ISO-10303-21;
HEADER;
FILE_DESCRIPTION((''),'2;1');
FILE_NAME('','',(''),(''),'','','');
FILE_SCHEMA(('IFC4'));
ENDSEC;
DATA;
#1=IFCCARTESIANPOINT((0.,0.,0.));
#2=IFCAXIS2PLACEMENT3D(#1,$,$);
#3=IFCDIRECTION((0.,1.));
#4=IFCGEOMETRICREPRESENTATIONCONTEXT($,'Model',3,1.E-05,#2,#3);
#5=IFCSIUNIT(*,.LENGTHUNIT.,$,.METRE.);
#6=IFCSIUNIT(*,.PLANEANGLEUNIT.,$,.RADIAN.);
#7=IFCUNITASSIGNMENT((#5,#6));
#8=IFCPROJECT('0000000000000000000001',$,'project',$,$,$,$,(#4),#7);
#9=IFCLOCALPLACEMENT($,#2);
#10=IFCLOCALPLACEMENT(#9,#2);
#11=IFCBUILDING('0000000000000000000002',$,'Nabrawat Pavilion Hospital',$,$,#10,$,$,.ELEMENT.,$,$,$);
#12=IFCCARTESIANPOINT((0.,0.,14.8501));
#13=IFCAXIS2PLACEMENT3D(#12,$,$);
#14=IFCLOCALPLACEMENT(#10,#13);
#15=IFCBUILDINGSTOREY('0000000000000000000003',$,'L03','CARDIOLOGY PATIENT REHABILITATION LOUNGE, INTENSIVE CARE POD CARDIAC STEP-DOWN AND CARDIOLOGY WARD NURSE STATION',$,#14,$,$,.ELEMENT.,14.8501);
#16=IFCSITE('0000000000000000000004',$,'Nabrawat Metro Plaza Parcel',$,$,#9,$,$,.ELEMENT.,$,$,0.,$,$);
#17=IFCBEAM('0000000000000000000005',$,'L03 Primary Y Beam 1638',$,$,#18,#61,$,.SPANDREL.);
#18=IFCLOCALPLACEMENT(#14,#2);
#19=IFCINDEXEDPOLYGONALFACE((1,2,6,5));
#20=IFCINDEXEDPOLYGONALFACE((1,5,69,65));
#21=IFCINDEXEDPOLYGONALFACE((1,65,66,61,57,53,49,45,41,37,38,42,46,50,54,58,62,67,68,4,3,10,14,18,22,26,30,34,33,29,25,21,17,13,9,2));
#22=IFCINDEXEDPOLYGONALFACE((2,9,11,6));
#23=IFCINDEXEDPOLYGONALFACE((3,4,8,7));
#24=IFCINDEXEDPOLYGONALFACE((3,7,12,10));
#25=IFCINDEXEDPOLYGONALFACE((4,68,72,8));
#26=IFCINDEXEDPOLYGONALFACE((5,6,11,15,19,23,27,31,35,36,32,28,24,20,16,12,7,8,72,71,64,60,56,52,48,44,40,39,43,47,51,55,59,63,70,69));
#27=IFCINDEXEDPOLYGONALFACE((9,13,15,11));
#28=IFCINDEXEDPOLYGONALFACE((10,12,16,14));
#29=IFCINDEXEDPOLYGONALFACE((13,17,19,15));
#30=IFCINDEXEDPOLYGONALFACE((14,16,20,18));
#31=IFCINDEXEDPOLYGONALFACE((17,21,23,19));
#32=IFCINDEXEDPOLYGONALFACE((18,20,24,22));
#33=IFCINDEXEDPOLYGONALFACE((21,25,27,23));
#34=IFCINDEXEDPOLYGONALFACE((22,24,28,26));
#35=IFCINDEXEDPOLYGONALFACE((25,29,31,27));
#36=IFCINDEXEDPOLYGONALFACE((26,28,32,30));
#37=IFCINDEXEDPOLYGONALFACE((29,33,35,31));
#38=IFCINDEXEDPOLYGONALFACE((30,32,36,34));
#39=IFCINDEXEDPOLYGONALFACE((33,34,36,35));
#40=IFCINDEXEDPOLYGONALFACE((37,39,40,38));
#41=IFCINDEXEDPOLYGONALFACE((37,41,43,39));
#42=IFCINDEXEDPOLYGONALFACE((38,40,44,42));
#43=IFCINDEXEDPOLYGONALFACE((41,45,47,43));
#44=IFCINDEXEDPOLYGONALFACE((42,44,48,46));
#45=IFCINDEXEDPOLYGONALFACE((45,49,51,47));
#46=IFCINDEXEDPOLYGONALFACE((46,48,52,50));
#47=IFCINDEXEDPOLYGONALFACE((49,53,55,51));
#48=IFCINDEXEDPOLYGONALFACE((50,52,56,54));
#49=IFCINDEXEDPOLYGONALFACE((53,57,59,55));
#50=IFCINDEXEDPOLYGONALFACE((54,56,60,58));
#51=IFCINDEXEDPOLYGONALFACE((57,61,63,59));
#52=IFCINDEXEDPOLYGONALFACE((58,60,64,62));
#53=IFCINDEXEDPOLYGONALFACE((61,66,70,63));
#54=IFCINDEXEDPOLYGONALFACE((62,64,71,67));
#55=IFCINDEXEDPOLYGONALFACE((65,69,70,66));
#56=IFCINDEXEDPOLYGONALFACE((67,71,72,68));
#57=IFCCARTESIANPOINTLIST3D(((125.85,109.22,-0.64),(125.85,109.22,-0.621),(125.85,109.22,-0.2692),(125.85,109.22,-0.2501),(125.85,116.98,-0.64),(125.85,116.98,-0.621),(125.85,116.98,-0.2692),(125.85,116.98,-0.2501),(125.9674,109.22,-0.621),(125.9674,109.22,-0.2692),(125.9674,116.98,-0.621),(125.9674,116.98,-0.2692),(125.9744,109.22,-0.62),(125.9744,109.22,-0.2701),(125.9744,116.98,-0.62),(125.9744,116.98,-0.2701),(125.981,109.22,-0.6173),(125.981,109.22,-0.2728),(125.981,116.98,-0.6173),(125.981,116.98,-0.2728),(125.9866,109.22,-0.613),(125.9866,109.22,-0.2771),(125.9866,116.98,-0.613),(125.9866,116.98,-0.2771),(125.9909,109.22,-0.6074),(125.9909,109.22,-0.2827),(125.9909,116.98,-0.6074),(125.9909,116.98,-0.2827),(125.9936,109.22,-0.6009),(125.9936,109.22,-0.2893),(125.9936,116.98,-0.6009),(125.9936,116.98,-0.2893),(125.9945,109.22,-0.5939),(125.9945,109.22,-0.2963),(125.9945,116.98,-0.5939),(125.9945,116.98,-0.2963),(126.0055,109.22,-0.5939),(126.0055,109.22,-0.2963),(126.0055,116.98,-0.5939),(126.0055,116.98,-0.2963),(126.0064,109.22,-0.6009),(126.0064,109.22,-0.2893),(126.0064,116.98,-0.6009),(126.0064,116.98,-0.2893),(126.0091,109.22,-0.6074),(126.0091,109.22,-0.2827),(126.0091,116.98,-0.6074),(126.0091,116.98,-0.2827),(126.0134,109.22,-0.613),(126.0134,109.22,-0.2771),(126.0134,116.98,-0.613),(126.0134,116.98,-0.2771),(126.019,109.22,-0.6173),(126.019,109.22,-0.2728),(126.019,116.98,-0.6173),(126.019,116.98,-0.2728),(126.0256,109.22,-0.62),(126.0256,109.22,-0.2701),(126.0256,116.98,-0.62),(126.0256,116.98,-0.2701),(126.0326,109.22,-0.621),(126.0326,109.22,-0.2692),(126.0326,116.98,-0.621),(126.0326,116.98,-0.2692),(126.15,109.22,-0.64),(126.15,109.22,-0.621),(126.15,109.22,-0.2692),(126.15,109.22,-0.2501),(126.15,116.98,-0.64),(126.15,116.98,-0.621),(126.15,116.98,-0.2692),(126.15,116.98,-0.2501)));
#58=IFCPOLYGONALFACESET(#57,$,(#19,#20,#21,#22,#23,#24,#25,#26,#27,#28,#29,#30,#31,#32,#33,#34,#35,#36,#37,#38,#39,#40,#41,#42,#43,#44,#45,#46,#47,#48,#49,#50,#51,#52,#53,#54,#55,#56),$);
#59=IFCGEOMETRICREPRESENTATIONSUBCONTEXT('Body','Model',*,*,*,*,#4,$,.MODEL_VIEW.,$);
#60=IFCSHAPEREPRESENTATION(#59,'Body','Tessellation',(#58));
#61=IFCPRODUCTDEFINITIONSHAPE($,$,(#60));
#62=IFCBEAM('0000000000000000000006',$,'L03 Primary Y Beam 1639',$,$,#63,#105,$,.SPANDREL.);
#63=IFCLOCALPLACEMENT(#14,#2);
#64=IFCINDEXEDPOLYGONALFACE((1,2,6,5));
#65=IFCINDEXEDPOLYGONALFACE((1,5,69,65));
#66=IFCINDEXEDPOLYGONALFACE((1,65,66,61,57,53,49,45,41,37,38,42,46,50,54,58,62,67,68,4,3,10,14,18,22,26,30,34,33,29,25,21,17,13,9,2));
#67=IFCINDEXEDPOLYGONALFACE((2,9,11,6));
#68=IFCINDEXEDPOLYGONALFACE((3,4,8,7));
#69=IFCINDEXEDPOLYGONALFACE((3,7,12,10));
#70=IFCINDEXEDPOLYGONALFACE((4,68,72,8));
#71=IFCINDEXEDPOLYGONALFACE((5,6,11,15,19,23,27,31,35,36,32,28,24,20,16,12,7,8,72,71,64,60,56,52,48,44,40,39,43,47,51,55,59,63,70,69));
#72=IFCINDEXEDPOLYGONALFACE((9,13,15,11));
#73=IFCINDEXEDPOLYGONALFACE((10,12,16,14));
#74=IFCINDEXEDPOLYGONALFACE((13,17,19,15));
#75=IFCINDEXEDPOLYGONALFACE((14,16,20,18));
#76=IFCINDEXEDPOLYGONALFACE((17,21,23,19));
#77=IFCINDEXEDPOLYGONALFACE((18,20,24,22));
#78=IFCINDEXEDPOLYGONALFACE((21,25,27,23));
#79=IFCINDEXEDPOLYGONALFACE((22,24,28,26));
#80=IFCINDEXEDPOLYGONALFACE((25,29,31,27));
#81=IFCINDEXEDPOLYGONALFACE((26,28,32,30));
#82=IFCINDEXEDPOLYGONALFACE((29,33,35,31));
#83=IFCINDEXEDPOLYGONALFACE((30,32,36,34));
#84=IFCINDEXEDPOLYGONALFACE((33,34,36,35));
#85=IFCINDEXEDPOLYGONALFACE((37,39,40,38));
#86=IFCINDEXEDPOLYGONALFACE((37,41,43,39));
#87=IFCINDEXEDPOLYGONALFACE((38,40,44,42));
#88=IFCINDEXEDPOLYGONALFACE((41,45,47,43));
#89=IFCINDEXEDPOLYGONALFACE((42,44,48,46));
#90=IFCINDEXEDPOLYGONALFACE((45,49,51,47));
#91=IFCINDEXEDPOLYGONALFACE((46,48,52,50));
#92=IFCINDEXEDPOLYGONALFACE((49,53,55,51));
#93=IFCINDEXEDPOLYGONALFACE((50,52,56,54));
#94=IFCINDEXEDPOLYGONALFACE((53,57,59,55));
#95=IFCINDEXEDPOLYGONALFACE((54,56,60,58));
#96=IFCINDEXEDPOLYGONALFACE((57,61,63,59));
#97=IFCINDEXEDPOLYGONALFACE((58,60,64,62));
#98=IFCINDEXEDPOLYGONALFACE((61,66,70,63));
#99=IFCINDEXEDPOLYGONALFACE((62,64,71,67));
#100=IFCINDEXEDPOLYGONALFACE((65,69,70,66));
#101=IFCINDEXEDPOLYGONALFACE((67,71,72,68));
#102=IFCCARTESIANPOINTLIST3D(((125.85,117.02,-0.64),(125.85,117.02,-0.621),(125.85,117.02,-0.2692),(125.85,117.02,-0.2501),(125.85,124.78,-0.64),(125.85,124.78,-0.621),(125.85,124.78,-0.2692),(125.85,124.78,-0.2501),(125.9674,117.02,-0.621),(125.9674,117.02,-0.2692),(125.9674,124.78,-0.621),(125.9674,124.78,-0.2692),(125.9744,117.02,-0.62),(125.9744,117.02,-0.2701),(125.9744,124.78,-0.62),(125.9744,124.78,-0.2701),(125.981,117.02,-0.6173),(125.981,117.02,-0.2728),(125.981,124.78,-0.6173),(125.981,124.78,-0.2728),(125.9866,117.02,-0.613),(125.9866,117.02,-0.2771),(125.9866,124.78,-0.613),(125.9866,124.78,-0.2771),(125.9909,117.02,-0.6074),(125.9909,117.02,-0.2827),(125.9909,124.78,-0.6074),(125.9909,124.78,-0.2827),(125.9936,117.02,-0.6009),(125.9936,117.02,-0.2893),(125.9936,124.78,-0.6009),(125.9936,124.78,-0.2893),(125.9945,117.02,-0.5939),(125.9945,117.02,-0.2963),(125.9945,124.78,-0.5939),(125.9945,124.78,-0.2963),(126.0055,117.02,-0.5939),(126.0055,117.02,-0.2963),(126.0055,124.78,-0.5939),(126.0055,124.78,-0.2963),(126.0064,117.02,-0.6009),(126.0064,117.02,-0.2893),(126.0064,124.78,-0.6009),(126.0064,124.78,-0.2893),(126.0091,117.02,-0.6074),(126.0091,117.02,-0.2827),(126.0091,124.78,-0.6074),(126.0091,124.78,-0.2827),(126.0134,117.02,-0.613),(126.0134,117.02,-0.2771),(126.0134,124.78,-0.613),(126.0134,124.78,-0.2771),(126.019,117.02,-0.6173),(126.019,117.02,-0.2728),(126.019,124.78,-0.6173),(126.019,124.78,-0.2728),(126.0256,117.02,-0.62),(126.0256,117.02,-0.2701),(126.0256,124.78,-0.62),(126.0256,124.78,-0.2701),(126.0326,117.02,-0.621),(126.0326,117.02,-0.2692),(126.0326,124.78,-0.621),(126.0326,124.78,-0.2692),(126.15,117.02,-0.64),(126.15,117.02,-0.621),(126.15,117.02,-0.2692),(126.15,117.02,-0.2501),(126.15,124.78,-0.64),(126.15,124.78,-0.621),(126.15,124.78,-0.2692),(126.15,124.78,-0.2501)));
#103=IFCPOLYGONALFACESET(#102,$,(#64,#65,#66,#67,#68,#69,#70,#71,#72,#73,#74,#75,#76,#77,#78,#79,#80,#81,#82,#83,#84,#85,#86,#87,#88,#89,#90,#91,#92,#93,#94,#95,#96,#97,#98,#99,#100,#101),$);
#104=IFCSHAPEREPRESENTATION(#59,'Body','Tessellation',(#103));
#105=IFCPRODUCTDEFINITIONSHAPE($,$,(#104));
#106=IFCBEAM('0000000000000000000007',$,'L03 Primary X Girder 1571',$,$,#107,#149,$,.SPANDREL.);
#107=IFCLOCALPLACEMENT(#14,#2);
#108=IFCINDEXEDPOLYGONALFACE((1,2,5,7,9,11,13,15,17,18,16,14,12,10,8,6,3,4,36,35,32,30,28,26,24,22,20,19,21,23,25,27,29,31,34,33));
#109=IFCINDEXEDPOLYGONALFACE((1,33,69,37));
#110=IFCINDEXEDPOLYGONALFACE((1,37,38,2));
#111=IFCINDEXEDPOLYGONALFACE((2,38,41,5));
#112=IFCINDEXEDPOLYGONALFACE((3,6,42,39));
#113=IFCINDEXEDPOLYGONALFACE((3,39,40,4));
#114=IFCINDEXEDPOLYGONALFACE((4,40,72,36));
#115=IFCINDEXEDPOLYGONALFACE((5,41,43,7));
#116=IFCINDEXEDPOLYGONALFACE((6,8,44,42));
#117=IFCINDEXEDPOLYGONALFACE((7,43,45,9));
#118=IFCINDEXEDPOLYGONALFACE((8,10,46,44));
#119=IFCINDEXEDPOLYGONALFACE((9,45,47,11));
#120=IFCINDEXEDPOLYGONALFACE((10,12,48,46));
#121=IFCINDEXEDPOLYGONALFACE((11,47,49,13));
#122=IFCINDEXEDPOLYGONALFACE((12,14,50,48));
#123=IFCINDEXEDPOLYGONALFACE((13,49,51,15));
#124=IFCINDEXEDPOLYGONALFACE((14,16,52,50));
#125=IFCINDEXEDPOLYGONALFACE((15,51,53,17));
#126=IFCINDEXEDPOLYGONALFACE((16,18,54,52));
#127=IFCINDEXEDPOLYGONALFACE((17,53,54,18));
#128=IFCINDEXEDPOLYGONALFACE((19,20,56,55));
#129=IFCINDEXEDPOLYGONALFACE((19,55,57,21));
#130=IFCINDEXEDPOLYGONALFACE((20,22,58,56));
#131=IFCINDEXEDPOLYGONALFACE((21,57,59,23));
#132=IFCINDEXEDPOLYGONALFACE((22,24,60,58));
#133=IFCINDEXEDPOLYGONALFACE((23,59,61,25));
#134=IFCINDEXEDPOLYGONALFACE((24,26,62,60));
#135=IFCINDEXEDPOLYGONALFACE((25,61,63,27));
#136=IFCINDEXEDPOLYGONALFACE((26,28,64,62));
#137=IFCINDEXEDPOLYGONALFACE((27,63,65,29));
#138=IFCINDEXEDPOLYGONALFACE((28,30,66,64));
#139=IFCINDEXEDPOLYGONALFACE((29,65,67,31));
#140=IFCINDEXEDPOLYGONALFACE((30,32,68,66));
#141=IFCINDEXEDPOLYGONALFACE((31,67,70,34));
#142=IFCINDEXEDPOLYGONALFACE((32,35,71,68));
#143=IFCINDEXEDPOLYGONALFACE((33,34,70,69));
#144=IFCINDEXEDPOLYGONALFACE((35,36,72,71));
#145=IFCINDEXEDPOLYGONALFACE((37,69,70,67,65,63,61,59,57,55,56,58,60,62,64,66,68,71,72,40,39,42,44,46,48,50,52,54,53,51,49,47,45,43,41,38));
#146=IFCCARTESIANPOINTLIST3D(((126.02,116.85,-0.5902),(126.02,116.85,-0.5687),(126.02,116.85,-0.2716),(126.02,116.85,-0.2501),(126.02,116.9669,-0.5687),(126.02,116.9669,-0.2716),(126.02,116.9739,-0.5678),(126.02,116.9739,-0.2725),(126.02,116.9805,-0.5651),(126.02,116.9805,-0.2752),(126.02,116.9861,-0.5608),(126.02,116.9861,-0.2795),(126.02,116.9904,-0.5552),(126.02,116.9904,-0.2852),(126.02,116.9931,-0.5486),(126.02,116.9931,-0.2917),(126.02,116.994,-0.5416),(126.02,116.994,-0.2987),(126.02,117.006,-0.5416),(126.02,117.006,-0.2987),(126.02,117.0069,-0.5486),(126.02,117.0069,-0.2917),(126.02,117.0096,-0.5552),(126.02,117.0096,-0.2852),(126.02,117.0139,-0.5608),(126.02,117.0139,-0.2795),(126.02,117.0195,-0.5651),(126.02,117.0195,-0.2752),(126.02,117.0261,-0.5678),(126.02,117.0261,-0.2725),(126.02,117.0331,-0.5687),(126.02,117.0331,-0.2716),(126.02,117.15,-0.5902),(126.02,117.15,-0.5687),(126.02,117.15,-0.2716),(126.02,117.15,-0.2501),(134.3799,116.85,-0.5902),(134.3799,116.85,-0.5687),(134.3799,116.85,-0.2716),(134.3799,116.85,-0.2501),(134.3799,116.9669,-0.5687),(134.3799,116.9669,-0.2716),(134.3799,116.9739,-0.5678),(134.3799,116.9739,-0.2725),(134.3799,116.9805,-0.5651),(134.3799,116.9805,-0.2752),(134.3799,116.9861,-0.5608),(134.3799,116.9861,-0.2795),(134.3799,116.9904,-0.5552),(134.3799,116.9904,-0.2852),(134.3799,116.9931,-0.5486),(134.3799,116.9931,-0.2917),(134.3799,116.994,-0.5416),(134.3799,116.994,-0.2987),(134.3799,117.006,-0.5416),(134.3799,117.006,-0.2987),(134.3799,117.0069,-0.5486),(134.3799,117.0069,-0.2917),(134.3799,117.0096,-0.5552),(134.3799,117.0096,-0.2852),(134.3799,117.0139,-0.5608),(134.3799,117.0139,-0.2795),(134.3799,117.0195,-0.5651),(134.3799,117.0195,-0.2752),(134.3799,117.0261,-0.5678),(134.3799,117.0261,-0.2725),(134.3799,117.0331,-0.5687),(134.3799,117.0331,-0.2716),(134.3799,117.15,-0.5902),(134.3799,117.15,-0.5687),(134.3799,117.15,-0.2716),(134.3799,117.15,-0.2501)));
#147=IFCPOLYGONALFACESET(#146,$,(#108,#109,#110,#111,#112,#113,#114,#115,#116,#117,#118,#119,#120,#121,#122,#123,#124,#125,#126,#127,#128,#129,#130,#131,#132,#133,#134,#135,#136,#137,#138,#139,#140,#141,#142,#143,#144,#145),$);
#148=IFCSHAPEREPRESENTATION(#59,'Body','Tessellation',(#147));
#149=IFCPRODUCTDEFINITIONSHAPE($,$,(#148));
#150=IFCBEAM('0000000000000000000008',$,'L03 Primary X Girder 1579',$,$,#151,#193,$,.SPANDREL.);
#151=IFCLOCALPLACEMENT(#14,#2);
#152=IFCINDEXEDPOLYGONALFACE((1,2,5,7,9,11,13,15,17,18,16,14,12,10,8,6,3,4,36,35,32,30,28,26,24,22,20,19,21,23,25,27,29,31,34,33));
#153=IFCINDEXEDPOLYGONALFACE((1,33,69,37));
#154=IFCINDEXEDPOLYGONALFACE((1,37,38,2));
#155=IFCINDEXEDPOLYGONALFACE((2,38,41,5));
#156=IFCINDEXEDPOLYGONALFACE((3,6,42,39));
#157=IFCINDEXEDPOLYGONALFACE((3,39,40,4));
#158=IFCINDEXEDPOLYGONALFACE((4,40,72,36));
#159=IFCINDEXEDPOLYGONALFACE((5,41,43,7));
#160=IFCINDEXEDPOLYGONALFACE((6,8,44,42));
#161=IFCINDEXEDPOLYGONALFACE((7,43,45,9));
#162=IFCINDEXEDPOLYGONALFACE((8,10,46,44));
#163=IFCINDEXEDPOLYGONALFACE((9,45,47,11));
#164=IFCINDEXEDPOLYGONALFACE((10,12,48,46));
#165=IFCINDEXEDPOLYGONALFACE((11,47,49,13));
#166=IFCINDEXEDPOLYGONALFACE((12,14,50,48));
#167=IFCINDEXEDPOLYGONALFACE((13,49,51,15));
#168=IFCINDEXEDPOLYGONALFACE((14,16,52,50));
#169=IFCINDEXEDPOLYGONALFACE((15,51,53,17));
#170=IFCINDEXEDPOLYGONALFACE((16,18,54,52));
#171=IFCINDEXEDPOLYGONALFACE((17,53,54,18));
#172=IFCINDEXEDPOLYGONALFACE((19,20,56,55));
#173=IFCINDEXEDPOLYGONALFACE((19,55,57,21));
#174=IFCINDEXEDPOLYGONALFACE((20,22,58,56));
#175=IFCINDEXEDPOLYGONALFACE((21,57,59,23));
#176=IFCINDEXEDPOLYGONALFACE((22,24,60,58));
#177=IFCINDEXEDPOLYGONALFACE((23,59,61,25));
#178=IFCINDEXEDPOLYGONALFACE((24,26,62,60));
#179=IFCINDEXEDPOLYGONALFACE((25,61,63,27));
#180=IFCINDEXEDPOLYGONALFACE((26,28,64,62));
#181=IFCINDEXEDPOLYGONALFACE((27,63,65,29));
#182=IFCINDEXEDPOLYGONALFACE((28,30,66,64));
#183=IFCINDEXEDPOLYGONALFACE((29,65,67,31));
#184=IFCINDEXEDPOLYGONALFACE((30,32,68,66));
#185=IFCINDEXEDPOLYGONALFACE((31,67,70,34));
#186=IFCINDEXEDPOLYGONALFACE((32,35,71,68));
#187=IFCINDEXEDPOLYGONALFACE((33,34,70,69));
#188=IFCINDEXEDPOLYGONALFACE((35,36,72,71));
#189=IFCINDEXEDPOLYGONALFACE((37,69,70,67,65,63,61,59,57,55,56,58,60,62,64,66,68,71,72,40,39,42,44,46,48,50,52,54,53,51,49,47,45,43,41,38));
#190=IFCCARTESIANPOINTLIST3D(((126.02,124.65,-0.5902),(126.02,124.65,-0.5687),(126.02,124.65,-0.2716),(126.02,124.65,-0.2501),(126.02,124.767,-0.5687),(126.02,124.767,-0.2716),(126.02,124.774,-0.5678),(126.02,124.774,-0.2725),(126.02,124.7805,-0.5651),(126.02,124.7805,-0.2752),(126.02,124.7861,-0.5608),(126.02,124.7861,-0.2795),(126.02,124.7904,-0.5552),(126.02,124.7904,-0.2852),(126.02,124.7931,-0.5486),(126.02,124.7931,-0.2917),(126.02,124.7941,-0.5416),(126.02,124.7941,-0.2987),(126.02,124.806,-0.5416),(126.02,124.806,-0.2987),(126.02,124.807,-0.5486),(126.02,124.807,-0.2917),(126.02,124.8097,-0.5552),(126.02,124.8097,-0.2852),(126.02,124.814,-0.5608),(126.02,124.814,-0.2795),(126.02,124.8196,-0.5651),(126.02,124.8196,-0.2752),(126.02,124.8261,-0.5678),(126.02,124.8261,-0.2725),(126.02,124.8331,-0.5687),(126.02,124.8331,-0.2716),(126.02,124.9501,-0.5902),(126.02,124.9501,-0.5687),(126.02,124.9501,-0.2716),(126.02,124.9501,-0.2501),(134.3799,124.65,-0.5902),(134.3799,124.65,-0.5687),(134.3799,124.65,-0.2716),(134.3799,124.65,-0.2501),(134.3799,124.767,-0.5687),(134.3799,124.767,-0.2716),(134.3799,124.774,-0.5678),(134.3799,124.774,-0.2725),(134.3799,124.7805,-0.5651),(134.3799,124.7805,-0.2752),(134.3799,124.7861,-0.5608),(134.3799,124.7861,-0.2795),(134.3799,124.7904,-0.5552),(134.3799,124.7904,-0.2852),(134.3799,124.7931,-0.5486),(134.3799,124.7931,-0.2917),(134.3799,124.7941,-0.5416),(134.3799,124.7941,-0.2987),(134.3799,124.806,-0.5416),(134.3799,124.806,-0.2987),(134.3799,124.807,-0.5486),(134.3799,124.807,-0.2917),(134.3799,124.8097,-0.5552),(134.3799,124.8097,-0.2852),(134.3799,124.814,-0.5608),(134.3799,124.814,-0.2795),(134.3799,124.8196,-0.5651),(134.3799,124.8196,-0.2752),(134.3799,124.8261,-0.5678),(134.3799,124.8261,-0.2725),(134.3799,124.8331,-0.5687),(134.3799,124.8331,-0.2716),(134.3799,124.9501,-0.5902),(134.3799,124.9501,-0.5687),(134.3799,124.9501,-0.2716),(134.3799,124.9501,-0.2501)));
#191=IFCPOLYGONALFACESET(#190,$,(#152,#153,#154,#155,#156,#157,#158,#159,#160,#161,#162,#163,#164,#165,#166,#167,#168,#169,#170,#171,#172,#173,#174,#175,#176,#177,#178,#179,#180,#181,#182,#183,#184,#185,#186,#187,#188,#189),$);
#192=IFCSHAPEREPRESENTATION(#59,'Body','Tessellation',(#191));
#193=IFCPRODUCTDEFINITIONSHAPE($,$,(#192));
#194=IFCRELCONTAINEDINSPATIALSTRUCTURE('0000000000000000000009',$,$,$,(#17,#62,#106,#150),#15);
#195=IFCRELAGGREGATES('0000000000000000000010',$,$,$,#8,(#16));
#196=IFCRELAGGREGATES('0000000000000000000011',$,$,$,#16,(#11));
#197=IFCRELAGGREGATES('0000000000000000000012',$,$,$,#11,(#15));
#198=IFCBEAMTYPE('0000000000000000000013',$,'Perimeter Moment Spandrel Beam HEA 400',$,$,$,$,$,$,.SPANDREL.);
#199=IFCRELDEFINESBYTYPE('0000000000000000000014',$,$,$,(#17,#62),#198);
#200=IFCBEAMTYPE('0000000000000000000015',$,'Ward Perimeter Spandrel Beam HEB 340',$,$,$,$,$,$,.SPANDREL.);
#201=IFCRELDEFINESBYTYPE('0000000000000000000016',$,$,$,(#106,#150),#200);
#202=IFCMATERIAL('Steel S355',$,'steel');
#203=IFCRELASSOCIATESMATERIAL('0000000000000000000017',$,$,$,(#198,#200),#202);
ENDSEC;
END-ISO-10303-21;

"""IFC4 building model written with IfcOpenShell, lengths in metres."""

from ifc_helpers import new_model, si_unit, direction, frame, origin, origin_2d, place, context, subcontext, project, spatial, i_section, extrude, material, material_profile, profile_set, type_object, element, save


model = new_model("IFC4")

# Units and contexts
model_context = context("Model", 3, precision=1e-05, world=origin(), true_north=direction((0.0, 1.0)))
body_context = subcontext(model_context, "Body", "Model", "MODEL_VIEW")
ifc_project = project(units=[si_unit("LENGTHUNIT", "METRE"), si_unit("PLANEANGLEUNIT", "RADIAN")], contexts=[model_context])

# Site, building, storey
site_placement = place(None, origin())
site = spatial("IfcSite", under=ifc_project, at=site_placement, Name="Nabrawat Metro Plaza Parcel", CompositionType="ELEMENT", RefElevation=0.0)
building_placement = place(site_placement, origin())
building = spatial("IfcBuilding", under=site, at=building_placement, Name="Nabrawat Pavilion Hospital", CompositionType="ELEMENT")
storey_placement = place(building_placement, frame((0.0, 0.0, 14.8501)))
storey = spatial("IfcBuildingStorey", under=building, at=storey_placement, Name="L03", Description="CARDIOLOGY PATIENT REHABILITATION LOUNGE, INTENSIVE CARE POD CARDIAC STEP-DOWN AND CARDIOLOGY WARD NURSE STATION", CompositionType="ELEMENT", Elevation=14.8501)

# Shared definitions
ifc_material_1 = material(Name="Steel S355", Category="steel")

# Beams
ifc_material_profile_1 = material_profile(ifc_material_1, i_section(OverallWidth=0.3, OverallDepth=0.3899, WebThickness=0.011, FlangeThickness=0.019, FilletRadius=0.0271, at=origin_2d()), Name="HEA 400")
ifc_profile_set_1 = profile_set([ifc_material_profile_1], Name="Steel S355")
beam_type_1 = type_object("IfcBeamType", Name="Perimeter Moment Spandrel Beam HEA 400", PredefinedType="SPANDREL", material=ifc_profile_set_1)
for number, where, z_axis, x_axis, name in (
    (1, (126.0, 109.22, -0.4451), (0.0, 1.0, 0.0), (-1.0, 0.0, 0.0), "L03 Primary Y Beam 1638"),
    (2, (126.0, 117.02, -0.4451), (0.0, 1.0, 0.0), (-1.0, 0.0, 0.0), "L03 Primary Y Beam 1639"),
):
    element("IfcBeam", number, at=place(storey_placement, frame(where, z_axis=z_axis, x_axis=x_axis)), inside=storey, type_object=beam_type_1, Name=name, PredefinedType="SPANDREL", context=body_context, shape_type="SweptSolid", body=[
        extrude(i_section(OverallWidth=0.3, OverallDepth=0.3899, WebThickness=0.011, FlangeThickness=0.019, FilletRadius=0.0271, at=origin_2d()), origin(), (0.0, 0.0, 1.0), 7.76),
    ])
ifc_material_profile_2 = material_profile(ifc_material_1, i_section(OverallWidth=0.3, OverallDepth=0.3401, WebThickness=0.012, FlangeThickness=0.0215, FilletRadius=0.0271, at=origin_2d()), Name="HEB 340")
ifc_profile_set_2 = profile_set([ifc_material_profile_2], Name="Steel S355")
beam_type_2 = type_object("IfcBeamType", Name="Ward Perimeter Spandrel Beam HEB 340", PredefinedType="SPANDREL", material=ifc_profile_set_2)
for number, where, z_axis, x_axis, name in (
    (3, (126.02, 117.0, -0.4202), (1.0, 0.0, 0.0), (0.0, 1.0, 0.0), "L03 Primary X Girder 1571"),
    (4, (126.02, 124.8, -0.4202), (1.0, 0.0, 0.0), (0.0, 1.0, 0.0), "L03 Primary X Girder 1579"),
):
    element("IfcBeam", number, at=place(storey_placement, frame(where, z_axis=z_axis, x_axis=x_axis)), inside=storey, type_object=beam_type_2, Name=name, PredefinedType="SPANDREL", context=body_context, shape_type="SweptSolid", body=[
        extrude(i_section(OverallWidth=0.3, OverallDepth=0.3401, WebThickness=0.012, FlangeThickness=0.0215, FilletRadius=0.0271, at=origin_2d()), origin(), (0.0, 0.0, 1.0), 8.3599),
    ])

save(model, "model.ifc")
